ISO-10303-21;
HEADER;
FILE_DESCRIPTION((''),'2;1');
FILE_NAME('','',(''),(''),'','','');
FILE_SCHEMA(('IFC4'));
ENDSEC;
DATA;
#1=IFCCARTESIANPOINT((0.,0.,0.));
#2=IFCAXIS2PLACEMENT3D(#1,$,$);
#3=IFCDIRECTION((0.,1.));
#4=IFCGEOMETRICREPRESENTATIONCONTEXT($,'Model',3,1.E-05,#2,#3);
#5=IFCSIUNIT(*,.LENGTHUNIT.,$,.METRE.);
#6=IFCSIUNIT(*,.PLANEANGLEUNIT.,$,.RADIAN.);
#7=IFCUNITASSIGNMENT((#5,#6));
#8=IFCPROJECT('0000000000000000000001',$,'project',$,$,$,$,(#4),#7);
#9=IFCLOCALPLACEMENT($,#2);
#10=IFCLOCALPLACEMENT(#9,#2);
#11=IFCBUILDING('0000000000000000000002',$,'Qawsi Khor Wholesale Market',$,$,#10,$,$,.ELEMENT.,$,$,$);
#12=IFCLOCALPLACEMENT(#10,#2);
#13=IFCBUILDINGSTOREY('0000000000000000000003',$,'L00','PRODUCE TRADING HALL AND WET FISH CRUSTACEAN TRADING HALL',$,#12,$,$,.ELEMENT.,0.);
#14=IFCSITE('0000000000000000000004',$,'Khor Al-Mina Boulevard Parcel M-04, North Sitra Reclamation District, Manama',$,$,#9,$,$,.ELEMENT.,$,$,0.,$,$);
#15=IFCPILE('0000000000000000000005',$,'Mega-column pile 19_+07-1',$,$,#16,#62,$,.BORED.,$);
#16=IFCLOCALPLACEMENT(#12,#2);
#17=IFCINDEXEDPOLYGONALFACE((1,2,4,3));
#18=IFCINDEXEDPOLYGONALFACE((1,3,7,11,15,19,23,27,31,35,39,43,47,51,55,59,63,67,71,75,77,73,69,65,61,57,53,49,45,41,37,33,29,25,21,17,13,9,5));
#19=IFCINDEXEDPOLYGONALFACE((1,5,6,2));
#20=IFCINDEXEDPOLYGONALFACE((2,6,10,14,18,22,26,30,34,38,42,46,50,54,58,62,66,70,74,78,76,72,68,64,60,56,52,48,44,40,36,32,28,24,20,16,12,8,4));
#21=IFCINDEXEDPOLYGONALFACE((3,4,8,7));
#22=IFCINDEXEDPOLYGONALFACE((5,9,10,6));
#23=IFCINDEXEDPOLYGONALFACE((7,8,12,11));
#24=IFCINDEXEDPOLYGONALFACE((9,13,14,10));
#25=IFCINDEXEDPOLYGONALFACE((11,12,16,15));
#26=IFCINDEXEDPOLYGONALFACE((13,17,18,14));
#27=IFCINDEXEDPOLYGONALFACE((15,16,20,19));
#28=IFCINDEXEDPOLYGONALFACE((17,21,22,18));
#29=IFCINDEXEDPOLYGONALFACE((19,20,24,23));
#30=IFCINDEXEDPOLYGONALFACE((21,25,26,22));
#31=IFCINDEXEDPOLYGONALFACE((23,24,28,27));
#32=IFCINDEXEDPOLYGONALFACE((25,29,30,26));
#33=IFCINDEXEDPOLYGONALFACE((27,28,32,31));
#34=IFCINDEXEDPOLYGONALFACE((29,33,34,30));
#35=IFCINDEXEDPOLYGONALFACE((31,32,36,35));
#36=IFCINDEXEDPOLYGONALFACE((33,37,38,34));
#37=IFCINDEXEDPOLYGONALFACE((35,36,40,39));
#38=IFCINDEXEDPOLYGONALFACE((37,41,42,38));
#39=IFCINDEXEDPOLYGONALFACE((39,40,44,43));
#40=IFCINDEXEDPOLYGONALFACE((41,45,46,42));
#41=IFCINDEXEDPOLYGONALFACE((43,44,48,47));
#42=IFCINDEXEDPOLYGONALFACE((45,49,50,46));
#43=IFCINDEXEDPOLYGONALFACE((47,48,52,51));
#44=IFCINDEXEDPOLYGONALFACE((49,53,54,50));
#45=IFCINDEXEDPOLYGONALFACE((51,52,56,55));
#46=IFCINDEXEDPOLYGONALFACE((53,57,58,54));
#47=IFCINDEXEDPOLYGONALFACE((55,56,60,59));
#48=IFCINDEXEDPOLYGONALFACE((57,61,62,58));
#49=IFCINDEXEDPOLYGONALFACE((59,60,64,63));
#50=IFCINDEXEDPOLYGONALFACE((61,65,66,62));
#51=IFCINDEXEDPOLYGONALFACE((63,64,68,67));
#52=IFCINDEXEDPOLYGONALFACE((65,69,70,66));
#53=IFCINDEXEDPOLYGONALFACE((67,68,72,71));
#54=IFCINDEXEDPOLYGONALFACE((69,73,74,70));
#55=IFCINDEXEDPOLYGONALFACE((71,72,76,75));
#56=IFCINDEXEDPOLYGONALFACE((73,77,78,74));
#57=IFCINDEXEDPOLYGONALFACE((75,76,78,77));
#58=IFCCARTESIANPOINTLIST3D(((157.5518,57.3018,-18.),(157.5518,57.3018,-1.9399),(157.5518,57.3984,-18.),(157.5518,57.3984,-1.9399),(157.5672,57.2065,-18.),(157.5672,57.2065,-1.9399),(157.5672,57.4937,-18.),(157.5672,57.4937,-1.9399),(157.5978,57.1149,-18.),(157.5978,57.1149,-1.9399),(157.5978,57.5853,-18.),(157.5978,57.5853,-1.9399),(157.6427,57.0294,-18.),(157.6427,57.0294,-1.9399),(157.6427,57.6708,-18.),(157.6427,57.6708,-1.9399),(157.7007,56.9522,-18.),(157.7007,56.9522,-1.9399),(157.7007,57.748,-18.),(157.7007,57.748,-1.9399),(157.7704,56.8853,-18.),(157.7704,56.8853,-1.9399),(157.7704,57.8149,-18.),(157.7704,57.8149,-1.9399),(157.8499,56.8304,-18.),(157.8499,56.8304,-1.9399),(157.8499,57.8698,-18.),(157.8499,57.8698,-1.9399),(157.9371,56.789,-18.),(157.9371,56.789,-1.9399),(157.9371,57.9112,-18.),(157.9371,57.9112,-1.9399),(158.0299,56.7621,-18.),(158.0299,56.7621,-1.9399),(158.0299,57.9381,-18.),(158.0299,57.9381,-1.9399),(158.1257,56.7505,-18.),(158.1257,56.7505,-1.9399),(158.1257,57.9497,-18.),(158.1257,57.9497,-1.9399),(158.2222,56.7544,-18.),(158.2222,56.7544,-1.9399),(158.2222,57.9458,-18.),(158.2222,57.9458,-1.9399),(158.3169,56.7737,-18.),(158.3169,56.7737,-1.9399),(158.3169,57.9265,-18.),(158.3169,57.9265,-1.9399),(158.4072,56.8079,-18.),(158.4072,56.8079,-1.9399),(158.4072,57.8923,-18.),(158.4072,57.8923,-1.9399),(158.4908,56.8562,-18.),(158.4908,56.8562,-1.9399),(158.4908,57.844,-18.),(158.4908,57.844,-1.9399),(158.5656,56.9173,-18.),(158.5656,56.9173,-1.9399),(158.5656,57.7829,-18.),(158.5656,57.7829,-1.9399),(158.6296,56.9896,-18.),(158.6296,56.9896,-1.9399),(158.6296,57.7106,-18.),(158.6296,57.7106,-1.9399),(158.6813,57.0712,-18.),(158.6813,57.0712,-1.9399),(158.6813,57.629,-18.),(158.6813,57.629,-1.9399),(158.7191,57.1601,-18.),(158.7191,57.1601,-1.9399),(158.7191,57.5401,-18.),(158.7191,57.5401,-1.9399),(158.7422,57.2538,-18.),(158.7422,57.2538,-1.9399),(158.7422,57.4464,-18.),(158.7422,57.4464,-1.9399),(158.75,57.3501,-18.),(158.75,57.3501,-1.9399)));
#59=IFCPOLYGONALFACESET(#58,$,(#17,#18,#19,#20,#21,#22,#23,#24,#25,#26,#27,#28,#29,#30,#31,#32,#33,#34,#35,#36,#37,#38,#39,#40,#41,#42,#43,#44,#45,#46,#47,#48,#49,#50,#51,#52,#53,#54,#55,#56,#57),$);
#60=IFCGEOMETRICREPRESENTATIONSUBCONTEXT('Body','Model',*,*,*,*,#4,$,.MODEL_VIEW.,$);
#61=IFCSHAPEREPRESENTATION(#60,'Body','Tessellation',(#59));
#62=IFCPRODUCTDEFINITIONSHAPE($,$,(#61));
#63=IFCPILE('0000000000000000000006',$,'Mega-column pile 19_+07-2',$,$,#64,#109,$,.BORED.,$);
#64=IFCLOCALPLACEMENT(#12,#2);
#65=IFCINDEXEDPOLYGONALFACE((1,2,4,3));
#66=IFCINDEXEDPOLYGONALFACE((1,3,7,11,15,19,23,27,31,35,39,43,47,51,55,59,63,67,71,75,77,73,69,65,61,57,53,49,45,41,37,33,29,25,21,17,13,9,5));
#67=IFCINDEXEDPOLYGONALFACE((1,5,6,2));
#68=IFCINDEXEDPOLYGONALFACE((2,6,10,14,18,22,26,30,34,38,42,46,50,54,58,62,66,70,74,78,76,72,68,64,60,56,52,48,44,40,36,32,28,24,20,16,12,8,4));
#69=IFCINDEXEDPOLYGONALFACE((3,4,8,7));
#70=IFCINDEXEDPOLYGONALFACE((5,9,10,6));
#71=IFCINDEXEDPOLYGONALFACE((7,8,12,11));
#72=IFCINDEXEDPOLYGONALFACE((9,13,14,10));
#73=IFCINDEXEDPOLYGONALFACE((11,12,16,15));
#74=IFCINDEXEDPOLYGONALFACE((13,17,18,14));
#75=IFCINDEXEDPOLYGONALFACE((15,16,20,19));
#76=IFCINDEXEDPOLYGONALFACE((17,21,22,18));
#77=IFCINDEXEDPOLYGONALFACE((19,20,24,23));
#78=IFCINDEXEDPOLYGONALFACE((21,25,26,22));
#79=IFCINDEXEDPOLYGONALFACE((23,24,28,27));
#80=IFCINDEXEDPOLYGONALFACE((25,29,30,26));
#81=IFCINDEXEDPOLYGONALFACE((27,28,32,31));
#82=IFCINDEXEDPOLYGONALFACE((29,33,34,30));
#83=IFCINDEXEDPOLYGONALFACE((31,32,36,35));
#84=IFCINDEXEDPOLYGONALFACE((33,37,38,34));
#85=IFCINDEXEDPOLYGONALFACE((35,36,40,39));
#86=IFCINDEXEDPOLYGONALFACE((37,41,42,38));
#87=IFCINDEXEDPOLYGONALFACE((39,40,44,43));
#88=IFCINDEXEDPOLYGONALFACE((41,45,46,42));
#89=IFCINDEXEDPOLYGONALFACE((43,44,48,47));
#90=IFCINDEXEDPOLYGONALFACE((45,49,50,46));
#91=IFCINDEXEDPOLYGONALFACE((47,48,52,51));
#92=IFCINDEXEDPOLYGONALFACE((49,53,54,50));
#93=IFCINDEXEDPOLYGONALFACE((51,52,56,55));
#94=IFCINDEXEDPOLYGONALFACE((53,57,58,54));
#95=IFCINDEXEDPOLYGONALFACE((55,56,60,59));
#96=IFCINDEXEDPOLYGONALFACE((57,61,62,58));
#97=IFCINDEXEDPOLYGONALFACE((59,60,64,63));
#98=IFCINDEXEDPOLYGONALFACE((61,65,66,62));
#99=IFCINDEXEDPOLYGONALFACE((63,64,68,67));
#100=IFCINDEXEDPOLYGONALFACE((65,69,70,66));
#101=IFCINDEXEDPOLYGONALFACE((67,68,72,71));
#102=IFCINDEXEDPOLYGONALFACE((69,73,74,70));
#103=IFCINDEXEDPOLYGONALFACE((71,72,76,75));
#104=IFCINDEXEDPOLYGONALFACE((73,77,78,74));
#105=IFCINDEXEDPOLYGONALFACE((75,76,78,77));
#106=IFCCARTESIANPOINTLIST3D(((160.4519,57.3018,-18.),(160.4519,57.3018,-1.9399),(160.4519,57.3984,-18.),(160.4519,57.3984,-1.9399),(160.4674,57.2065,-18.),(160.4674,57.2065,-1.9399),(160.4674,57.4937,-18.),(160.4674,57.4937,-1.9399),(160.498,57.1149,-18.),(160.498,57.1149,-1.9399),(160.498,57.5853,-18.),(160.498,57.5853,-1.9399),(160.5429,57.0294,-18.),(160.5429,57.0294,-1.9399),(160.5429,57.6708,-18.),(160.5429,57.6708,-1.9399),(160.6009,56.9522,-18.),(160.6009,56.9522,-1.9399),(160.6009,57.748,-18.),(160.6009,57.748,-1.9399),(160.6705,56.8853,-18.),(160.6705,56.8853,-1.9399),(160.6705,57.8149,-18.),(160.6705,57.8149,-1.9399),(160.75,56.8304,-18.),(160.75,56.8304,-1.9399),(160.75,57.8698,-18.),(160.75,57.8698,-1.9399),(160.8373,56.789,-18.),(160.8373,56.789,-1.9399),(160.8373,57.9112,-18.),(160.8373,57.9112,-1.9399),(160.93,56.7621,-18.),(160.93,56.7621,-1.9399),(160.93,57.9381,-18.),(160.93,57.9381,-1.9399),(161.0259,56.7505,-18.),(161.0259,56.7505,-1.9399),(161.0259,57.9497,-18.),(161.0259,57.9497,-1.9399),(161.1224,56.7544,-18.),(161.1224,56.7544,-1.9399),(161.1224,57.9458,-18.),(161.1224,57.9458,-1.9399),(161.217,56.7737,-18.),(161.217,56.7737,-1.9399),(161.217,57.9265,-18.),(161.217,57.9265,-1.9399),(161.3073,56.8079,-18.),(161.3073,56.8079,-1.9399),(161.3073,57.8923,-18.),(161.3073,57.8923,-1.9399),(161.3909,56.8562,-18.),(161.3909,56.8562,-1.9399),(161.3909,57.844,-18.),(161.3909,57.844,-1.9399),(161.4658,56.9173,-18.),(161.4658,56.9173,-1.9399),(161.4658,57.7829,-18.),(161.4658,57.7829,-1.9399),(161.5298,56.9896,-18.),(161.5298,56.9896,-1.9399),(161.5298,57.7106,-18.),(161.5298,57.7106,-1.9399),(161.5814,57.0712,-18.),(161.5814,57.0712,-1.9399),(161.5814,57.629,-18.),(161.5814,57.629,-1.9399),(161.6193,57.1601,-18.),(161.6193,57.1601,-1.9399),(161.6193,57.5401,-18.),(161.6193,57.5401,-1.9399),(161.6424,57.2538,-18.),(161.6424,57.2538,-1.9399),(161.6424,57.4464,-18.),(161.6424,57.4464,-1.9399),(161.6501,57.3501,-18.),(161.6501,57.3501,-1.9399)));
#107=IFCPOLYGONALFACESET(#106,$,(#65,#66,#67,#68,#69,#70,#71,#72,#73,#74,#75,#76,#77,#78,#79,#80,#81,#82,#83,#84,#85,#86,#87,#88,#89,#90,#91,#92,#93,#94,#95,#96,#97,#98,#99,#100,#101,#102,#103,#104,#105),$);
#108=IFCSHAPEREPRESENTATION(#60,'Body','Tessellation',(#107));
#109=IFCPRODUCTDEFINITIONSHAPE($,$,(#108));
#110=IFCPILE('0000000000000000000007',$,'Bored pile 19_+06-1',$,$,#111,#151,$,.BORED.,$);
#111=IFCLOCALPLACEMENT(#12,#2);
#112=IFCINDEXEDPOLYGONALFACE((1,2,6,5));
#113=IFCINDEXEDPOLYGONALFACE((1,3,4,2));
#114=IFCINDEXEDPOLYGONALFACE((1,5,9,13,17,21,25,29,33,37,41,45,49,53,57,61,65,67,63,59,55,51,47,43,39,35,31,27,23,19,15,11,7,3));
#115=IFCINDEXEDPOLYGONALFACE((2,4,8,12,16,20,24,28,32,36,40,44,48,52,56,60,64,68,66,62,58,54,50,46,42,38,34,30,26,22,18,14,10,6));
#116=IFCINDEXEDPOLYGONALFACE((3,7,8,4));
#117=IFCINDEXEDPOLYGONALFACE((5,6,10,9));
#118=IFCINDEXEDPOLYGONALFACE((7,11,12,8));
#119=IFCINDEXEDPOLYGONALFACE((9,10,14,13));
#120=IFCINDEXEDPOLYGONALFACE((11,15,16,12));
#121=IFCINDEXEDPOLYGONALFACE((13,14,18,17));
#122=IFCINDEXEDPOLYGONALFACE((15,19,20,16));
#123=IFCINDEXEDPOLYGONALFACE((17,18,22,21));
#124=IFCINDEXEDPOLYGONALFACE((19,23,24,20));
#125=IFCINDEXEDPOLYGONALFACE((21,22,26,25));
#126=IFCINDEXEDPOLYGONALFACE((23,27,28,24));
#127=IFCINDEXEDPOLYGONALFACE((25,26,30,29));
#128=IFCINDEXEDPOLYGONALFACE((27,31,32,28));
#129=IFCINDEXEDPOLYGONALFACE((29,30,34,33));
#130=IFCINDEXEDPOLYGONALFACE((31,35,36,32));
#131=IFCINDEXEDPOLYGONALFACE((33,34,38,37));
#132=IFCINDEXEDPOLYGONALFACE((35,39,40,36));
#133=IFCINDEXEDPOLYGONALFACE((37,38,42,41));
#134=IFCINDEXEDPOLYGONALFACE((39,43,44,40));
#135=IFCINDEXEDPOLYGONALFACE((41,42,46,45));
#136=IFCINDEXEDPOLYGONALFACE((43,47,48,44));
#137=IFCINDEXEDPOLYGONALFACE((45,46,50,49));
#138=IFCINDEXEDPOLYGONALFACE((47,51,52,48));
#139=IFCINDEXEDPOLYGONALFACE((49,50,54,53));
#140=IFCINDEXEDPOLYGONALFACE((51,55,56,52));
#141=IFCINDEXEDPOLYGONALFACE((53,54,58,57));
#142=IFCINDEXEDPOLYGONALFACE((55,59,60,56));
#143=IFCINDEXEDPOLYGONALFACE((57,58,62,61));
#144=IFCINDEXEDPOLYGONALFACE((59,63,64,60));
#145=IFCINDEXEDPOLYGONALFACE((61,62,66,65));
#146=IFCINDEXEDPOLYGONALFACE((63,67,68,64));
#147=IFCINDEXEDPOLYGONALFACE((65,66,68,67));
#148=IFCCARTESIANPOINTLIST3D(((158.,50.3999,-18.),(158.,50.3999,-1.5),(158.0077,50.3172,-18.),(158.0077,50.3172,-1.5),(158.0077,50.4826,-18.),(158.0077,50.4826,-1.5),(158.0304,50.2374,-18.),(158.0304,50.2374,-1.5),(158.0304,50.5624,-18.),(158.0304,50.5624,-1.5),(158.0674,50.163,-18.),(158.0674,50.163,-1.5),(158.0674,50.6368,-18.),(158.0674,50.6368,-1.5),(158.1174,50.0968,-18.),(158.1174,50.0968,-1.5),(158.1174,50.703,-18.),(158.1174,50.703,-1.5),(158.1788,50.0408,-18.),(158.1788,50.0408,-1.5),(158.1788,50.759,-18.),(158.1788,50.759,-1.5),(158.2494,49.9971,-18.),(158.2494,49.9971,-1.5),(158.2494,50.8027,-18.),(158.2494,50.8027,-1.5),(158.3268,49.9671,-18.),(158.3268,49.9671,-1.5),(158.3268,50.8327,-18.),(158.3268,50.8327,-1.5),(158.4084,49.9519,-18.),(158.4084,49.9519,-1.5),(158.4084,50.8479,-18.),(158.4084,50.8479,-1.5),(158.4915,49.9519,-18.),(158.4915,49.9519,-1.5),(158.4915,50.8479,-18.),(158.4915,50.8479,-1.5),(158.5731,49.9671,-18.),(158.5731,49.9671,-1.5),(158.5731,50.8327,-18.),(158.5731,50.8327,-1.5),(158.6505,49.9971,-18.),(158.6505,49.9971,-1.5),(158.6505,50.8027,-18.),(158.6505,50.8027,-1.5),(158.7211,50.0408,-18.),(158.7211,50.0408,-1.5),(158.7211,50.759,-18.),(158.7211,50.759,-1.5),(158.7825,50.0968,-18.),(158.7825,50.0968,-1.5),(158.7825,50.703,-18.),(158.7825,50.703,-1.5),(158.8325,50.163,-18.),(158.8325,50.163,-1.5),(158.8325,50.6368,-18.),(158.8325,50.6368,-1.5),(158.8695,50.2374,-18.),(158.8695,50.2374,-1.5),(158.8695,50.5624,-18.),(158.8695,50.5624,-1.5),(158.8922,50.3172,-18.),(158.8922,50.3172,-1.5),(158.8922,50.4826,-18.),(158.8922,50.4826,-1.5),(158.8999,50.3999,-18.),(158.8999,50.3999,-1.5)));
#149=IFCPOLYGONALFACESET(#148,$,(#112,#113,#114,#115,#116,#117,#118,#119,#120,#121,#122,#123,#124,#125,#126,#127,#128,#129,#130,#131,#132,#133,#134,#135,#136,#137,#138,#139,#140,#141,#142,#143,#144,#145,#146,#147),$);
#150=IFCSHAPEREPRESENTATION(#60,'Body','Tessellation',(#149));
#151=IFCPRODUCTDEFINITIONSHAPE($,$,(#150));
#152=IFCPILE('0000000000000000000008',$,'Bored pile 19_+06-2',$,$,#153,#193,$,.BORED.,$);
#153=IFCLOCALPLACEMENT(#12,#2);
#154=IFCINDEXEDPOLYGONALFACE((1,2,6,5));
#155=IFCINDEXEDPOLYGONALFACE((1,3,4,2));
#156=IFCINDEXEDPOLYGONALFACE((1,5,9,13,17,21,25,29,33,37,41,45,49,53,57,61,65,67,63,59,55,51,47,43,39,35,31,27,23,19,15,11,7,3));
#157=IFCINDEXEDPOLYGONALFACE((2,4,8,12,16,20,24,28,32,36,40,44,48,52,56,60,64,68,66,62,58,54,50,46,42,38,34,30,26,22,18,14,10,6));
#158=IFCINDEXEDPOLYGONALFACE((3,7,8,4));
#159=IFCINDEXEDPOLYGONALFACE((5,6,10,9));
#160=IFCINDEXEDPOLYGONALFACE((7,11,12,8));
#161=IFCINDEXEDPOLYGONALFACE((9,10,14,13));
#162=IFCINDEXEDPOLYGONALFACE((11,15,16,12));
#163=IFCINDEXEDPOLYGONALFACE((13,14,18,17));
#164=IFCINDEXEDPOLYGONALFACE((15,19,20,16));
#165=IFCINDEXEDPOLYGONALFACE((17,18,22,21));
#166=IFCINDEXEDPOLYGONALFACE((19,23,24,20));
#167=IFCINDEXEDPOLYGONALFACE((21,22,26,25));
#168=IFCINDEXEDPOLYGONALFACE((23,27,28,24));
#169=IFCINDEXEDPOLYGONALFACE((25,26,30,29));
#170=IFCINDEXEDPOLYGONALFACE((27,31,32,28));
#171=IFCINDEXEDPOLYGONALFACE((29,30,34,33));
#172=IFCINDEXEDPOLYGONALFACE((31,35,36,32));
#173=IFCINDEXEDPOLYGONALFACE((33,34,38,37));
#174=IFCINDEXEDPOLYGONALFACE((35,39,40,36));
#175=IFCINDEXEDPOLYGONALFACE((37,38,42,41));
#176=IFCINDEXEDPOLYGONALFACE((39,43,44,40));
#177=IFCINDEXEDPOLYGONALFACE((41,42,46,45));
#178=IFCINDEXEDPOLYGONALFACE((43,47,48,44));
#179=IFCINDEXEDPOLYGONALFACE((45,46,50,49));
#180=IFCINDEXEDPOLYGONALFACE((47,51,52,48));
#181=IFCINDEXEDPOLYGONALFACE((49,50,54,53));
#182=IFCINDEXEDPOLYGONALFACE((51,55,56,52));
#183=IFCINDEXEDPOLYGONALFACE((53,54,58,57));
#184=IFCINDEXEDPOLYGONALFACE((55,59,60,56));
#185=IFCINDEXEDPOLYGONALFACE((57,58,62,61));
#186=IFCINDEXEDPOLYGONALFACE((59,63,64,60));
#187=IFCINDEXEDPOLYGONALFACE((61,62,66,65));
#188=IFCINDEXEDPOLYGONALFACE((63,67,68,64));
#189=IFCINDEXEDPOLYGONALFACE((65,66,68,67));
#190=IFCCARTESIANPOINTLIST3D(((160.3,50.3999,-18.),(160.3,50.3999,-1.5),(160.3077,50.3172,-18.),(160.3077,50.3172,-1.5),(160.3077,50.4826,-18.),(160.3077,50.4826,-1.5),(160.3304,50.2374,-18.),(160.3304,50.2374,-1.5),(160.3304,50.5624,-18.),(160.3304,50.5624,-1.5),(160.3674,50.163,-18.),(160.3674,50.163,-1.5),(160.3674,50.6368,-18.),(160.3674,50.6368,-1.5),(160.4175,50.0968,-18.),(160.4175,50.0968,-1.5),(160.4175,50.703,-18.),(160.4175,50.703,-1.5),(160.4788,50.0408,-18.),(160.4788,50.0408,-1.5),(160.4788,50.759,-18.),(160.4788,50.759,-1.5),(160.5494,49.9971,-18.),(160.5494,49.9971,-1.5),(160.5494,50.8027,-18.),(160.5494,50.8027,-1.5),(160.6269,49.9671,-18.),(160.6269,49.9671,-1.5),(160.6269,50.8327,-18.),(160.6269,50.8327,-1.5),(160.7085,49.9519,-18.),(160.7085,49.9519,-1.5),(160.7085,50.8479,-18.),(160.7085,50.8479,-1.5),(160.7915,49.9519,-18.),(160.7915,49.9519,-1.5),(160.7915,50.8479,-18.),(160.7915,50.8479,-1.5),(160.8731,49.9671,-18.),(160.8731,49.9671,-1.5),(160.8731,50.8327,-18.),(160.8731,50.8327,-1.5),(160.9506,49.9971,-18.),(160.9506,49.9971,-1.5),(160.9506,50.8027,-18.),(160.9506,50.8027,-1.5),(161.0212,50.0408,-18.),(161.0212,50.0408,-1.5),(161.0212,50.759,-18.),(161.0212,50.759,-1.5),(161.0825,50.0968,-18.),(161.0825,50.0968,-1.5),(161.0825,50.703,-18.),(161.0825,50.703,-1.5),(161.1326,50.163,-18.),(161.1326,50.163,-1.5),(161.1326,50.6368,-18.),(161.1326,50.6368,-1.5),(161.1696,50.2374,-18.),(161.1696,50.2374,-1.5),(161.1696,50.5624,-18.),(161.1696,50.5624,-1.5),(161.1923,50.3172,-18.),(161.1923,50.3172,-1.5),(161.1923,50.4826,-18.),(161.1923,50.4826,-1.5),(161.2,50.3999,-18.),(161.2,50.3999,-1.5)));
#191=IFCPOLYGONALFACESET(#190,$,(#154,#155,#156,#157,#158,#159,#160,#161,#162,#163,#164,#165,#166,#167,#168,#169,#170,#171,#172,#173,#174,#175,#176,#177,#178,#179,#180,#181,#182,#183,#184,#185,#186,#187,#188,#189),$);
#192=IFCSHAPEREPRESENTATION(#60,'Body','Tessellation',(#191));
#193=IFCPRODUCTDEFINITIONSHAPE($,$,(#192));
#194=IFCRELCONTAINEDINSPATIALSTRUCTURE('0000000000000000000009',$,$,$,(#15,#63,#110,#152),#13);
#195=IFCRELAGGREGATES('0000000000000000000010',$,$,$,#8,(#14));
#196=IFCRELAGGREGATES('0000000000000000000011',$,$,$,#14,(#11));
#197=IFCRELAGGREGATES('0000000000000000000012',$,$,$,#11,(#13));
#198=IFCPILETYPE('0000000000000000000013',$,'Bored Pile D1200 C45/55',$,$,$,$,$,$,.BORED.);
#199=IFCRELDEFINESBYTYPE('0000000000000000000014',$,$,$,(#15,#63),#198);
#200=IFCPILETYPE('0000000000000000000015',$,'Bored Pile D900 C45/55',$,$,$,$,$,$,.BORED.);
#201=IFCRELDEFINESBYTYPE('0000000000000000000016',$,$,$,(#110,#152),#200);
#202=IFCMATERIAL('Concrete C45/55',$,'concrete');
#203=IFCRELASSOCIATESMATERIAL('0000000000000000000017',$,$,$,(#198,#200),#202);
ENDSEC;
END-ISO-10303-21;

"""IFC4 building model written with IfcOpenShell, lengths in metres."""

from ifc_helpers import new_model, si_unit, direction, frame, origin, origin_2d, place, context, subcontext, project, spatial, circle, extrude, material, material_profile, profile_set, type_object, element, save


model = new_model("IFC4")

# Units and contexts
model_context = context("Model", 3, precision=1e-05, world=origin(), true_north=direction((0.0, 1.0)))
body_context = subcontext(model_context, "Body", "Model", "MODEL_VIEW")
ifc_project = project(units=[si_unit("LENGTHUNIT", "METRE"), si_unit("PLANEANGLEUNIT", "RADIAN")], contexts=[model_context])

# Site, building, storey
site_placement = place(None, origin())
site = spatial("IfcSite", under=ifc_project, at=site_placement, Name="Khor Al-Mina Boulevard Parcel M-04, North Sitra Reclamation District, Manama", CompositionType="ELEMENT", RefElevation=0.0)
building_placement = place(site_placement, origin())
building = spatial("IfcBuilding", under=site, at=building_placement, Name="Qawsi Khor Wholesale Market", CompositionType="ELEMENT")
storey_placement = place(building_placement, origin())
storey = spatial("IfcBuildingStorey", under=building, at=storey_placement, Name="L00", Description="PRODUCE TRADING HALL AND WET FISH CRUSTACEAN TRADING HALL", CompositionType="ELEMENT", Elevation=0.0)

# Piles
ifc_material_1 = material(Name="Concrete C45/55", Category="concrete")
ifc_material_profile_1 = material_profile(ifc_material_1, circle(Radius=0.6001, at=origin_2d()), Name="PILE D1200")
ifc_profile_set_1 = profile_set([ifc_material_profile_1], Name="Concrete C45/55")
pile_type_1 = type_object("IfcPileType", Name="Bored Pile D1200 C45/55", PredefinedType="BORED", material=ifc_profile_set_1)
for number, where, z_axis, x_axis, name in (
    (1, (158.1499, 57.3501, -1.9399), (0.0, 0.0, -1.0), (1.0, 0.0, 0.0), "Mega-column pile 19_+07-1"),
    (2, (161.05, 57.3501, -1.9399), (0.0, 0.0, -1.0), (1.0, 0.0, 0.0), "Mega-column pile 19_+07-2"),
):
    element("IfcPile", number, at=place(storey_placement, frame(where, z_axis=z_axis, x_axis=x_axis)), inside=storey, type_object=pile_type_1, Name=name, PredefinedType="BORED", context=body_context, shape_type="SweptSolid", body=[
        extrude(circle(Radius=0.6001, at=origin_2d()), origin(), (0.0, 0.0, 1.0), 16.0601),
    ])
ifc_material_profile_2 = material_profile(ifc_material_1, circle(Radius=0.45, at=origin_2d()), Name="PILE D900")
ifc_profile_set_2 = profile_set([ifc_material_profile_2], Name="Concrete C45/55")
pile_type_2 = type_object("IfcPileType", Name="Bored Pile D900 C45/55", PredefinedType="BORED", material=ifc_profile_set_2)
for number, where, z_axis, x_axis, name in (
    (3, (158.45, 50.3999, -1.5), (0.0, 0.0, -1.0), (1.0, 0.0, 0.0), "Bored pile 19_+06-1"),
    (4, (160.75, 50.3999, -1.5), (0.0, 0.0, -1.0), (1.0, 0.0, 0.0), "Bored pile 19_+06-2"),
):
    element("IfcPile", number, at=place(storey_placement, frame(where, z_axis=z_axis, x_axis=x_axis)), inside=storey, type_object=pile_type_2, Name=name, PredefinedType="BORED", context=body_context, shape_type="SweptSolid", body=[
        extrude(circle(Radius=0.45, at=origin_2d()), origin(), (0.0, 0.0, 1.0), 16.5),
    ])

save(model, "model.ifc")
